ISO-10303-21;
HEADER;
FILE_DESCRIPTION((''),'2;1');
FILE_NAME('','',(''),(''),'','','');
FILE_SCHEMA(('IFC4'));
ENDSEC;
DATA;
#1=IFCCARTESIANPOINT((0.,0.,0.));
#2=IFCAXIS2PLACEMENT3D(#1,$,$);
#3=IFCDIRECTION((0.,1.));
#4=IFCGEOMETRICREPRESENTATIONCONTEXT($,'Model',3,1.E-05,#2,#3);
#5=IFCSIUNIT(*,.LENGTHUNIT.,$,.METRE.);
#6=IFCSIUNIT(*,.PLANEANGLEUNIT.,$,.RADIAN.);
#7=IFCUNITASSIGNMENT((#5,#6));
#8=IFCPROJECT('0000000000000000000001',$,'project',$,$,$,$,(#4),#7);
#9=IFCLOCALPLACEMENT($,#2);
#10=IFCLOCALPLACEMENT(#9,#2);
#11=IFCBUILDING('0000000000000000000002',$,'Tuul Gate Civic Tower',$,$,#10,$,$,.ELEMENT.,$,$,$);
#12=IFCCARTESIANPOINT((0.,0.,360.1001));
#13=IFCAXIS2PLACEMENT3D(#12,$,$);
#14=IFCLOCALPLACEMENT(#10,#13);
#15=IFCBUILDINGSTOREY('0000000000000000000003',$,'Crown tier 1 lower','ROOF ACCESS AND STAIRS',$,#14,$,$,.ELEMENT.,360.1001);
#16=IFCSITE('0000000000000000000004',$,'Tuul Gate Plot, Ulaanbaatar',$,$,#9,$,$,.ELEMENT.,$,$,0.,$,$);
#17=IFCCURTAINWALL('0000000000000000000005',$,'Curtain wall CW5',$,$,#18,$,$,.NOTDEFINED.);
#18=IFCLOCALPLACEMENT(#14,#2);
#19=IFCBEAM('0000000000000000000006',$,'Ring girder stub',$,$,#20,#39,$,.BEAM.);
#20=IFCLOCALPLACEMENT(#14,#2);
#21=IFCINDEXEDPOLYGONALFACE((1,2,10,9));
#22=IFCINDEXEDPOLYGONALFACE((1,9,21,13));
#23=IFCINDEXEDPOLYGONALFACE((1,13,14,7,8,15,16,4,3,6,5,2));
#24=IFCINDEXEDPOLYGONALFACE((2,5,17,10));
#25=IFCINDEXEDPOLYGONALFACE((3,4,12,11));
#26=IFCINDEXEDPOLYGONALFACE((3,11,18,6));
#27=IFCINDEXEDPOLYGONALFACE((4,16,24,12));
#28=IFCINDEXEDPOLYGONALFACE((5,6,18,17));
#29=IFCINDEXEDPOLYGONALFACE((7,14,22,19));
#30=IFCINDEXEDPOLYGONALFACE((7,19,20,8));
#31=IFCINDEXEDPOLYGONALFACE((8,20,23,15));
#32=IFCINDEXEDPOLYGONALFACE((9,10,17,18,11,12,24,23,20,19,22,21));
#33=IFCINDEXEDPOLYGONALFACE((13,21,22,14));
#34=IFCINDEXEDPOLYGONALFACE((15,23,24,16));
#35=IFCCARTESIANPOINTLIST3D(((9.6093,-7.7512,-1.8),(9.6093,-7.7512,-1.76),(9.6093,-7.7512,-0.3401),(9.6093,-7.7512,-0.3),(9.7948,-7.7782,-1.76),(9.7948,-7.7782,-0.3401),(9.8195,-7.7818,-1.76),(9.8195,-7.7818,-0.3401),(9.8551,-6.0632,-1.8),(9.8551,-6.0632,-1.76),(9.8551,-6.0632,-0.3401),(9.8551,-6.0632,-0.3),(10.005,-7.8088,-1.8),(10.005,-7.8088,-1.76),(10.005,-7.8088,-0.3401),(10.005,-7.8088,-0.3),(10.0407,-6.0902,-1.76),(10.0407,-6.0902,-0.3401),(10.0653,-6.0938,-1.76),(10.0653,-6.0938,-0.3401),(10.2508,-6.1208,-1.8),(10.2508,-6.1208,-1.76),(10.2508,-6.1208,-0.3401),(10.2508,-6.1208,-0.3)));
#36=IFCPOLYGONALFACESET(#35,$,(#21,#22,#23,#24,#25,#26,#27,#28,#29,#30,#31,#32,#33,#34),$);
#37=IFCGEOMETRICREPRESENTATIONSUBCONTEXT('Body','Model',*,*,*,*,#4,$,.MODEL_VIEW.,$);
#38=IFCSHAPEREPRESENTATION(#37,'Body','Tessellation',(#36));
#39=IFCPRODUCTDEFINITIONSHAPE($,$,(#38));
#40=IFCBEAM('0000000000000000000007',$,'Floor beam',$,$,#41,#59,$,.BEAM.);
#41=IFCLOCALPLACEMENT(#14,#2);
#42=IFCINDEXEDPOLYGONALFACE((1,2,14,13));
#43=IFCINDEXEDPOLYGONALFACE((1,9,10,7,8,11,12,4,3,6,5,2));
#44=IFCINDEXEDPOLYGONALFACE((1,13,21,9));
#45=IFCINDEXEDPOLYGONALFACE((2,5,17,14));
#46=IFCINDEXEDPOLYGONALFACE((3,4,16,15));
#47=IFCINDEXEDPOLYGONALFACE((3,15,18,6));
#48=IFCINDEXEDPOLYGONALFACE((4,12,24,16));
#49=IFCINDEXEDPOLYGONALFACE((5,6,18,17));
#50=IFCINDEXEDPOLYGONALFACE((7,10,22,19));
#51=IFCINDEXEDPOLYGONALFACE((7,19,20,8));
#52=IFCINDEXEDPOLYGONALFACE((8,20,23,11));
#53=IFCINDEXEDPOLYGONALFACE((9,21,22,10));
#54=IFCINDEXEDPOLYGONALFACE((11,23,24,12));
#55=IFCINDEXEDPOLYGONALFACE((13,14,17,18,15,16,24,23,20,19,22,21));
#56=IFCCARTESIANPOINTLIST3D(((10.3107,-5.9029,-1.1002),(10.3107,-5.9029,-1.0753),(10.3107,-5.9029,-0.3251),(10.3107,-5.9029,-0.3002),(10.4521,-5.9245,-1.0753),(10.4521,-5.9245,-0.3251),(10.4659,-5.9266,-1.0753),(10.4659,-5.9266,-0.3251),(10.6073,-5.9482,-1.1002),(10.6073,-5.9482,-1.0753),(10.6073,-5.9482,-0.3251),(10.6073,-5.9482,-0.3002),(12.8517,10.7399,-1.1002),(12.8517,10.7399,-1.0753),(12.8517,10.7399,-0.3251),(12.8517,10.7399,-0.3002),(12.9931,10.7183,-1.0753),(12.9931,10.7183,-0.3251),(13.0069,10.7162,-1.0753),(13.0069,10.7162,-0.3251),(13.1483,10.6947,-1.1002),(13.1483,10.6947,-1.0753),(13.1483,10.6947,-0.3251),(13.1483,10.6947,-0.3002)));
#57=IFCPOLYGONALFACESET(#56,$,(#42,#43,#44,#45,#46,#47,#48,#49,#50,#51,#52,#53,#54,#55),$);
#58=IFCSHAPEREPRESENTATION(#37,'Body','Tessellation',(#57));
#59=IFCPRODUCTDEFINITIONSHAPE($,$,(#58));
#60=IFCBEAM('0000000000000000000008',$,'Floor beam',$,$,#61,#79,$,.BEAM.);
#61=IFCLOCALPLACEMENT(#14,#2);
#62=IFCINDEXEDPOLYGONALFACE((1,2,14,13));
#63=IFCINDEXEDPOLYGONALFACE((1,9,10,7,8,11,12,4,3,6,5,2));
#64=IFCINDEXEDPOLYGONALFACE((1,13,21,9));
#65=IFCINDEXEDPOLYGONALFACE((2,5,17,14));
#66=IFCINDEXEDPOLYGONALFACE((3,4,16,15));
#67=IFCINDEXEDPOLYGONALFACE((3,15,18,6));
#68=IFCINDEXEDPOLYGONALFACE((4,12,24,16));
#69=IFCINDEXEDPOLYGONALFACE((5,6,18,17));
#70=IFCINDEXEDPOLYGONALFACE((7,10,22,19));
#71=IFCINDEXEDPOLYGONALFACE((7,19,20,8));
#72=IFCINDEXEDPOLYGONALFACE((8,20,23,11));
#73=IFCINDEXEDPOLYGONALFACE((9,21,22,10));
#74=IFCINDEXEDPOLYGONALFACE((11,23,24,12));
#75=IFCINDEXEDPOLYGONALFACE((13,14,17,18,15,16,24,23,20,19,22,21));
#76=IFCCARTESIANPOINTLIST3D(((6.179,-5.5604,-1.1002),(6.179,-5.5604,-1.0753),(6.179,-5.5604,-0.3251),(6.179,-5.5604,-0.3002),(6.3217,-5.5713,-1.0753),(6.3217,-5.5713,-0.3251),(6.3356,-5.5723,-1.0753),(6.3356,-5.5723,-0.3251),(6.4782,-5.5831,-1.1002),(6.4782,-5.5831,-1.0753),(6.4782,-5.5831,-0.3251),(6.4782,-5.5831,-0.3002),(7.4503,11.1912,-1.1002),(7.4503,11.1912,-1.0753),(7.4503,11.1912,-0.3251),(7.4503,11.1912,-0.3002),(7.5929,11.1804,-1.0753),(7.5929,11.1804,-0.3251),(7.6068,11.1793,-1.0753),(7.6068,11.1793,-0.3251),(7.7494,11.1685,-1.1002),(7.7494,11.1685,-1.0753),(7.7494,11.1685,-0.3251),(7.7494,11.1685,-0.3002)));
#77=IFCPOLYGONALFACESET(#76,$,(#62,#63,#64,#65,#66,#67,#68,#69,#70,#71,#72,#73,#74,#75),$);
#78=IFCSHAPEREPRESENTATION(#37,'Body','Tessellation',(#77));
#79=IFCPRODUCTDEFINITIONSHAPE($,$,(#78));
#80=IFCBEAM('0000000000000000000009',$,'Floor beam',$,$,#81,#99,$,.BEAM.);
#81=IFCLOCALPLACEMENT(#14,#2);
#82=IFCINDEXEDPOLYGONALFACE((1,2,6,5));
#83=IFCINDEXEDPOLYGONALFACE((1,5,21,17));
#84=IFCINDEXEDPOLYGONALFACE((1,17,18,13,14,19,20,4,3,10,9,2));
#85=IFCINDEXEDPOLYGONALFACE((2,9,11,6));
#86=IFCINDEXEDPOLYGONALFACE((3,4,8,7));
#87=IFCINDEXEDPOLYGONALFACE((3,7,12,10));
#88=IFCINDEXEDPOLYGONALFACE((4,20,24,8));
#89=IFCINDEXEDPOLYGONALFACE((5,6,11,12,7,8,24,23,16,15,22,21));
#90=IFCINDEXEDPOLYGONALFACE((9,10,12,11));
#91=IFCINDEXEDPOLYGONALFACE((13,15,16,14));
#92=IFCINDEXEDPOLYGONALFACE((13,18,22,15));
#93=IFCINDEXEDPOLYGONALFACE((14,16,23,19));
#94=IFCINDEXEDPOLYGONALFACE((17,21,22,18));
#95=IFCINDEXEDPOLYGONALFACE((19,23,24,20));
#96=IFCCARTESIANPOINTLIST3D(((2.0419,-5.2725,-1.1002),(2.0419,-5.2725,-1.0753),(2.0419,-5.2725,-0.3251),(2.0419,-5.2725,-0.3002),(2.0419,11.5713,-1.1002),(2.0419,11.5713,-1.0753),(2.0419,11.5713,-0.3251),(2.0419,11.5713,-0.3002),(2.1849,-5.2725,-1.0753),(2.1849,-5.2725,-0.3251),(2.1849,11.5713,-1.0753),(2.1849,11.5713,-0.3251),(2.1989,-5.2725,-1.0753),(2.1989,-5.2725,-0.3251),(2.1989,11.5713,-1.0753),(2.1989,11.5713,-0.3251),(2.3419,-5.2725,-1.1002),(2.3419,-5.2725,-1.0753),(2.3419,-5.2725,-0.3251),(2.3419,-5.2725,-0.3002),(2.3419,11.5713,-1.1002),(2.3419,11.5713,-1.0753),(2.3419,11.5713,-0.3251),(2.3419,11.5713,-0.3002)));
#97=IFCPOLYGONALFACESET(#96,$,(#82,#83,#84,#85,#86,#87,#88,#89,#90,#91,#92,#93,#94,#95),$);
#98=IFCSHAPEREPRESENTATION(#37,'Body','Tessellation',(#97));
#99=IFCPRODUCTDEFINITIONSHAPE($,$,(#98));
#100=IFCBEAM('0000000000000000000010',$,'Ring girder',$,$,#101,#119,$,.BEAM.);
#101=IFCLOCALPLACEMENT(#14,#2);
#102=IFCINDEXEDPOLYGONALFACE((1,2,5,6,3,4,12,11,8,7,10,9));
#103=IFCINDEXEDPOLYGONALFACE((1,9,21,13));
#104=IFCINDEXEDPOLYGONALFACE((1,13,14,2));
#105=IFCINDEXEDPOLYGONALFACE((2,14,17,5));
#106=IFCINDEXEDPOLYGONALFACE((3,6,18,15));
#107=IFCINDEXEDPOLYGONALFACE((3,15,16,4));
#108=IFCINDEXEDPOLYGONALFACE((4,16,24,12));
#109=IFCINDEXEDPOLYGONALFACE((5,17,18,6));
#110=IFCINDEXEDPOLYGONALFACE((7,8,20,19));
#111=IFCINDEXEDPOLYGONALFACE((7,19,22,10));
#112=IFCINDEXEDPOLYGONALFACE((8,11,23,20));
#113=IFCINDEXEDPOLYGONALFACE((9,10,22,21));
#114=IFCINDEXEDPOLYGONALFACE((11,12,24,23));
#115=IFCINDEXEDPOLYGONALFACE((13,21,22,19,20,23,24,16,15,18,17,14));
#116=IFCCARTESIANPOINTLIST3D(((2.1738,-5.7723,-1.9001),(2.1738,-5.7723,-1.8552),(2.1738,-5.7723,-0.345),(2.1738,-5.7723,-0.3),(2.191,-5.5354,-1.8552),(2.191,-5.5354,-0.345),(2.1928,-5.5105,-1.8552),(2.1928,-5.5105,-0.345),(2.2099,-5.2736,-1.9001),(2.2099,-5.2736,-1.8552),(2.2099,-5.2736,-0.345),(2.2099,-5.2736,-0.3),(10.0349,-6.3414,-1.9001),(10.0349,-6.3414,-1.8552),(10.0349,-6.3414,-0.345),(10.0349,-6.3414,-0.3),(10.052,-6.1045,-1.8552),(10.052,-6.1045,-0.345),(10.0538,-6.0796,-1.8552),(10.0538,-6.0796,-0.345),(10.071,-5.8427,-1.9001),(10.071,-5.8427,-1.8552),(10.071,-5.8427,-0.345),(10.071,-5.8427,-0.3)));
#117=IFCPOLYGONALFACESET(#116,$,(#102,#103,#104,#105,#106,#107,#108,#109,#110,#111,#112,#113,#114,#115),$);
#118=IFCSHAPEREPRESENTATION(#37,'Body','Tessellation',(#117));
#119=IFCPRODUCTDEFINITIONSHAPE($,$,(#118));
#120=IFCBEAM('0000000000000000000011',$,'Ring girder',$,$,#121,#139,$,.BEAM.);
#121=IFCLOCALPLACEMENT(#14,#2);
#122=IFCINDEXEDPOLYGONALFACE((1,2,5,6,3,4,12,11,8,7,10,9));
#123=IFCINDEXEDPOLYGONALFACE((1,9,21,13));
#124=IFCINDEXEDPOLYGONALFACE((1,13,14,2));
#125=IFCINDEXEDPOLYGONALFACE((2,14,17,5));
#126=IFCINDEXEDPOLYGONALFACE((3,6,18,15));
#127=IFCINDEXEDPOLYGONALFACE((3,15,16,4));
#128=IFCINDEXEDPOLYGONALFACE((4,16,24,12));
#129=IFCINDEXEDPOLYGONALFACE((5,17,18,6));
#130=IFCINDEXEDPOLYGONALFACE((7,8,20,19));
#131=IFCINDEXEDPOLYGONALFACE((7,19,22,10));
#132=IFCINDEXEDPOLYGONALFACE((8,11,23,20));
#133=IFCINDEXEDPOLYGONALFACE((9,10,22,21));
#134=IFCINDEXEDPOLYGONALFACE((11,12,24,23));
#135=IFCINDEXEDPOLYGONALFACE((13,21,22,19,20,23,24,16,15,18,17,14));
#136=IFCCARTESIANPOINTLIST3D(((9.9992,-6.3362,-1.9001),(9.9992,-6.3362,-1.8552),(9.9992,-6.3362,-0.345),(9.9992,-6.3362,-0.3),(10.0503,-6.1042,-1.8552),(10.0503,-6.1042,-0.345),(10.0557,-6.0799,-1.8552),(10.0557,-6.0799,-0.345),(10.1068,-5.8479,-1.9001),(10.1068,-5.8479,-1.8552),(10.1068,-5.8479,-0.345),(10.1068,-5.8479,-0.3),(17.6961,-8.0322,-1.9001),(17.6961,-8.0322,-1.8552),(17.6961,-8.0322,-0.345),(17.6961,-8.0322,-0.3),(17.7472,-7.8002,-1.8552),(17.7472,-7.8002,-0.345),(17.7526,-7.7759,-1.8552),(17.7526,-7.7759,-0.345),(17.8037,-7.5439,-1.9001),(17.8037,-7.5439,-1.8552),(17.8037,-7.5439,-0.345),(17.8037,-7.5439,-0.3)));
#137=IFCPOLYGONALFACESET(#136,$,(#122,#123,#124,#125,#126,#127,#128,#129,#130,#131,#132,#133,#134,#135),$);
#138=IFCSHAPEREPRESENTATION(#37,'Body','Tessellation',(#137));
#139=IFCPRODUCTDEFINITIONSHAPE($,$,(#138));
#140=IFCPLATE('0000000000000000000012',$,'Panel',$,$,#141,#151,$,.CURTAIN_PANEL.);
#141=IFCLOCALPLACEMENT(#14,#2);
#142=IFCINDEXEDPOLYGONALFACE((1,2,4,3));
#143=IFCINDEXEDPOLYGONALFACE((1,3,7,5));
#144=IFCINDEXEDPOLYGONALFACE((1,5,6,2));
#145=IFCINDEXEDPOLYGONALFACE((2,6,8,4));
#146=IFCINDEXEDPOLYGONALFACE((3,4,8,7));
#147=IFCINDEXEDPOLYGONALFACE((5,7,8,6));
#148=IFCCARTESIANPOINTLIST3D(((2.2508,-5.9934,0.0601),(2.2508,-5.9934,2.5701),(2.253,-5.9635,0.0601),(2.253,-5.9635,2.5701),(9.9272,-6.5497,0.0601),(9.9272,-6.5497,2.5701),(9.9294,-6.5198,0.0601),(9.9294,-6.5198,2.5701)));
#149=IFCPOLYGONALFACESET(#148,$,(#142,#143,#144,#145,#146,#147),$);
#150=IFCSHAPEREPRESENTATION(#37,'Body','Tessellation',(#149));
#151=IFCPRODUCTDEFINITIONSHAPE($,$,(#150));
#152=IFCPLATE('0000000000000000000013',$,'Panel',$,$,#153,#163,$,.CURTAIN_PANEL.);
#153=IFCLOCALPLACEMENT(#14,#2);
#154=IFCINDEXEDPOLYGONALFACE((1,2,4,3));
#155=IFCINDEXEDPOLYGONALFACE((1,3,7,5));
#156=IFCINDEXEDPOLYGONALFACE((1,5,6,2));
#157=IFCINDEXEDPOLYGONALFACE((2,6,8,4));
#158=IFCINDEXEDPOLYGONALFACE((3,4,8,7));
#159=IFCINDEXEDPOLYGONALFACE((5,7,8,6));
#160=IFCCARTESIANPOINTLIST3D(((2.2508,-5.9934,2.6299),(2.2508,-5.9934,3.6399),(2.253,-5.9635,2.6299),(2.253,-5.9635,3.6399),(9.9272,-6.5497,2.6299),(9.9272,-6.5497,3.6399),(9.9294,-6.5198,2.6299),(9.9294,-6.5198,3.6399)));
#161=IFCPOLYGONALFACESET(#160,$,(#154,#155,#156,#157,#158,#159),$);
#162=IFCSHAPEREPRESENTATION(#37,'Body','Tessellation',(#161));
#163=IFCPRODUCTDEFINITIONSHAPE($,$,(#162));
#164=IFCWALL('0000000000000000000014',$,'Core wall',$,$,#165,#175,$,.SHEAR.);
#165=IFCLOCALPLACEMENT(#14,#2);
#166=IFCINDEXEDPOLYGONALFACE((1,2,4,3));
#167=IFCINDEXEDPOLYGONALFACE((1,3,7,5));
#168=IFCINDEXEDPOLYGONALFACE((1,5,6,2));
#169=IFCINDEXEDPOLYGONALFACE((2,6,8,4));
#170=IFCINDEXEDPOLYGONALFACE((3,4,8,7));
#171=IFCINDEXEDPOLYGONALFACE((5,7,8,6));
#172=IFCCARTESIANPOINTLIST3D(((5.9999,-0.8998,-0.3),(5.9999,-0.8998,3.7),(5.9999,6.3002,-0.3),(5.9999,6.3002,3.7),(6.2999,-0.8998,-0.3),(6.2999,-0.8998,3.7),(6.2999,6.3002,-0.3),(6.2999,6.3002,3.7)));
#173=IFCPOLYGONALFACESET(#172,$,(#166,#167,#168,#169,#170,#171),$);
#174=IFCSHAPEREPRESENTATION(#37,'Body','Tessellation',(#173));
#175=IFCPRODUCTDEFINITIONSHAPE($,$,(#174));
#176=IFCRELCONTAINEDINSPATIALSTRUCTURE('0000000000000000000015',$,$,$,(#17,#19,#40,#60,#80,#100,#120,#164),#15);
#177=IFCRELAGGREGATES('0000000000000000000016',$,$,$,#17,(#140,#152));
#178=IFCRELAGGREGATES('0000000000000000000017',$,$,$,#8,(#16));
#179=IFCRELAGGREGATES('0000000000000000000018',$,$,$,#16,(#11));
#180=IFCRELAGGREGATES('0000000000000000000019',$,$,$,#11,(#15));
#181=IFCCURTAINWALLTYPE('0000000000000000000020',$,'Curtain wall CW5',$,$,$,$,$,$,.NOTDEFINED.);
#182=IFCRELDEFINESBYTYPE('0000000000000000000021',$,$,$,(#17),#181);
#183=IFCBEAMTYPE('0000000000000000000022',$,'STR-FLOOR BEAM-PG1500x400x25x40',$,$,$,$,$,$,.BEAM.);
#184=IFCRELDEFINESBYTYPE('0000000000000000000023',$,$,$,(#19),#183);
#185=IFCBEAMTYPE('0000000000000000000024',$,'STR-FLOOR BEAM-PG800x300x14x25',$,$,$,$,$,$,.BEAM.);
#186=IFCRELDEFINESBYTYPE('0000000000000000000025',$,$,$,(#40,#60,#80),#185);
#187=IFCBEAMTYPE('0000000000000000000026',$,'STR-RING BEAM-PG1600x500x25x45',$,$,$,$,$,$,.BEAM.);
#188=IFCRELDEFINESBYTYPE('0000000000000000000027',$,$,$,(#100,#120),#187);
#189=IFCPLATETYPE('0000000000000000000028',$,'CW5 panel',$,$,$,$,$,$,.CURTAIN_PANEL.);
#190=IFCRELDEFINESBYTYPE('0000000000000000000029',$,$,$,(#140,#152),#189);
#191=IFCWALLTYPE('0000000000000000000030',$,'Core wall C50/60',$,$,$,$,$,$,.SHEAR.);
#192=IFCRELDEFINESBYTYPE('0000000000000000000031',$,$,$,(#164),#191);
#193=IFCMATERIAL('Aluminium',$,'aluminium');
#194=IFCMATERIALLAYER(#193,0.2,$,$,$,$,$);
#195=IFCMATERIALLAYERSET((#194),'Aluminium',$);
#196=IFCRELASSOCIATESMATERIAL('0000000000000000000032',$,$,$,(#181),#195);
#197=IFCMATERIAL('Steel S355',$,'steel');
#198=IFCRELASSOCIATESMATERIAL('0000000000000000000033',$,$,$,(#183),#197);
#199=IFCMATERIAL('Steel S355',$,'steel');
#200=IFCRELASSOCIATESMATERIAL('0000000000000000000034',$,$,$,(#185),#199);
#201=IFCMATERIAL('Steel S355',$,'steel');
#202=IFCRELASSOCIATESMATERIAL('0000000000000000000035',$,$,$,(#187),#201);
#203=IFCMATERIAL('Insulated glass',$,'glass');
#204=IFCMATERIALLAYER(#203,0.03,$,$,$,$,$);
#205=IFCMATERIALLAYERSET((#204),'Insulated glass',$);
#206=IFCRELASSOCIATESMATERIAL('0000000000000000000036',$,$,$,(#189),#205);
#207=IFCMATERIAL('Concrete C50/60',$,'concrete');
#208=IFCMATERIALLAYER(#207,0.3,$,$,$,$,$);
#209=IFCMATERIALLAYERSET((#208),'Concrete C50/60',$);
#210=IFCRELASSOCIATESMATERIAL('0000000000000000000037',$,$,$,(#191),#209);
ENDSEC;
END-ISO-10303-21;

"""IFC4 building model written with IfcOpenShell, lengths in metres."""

from ifc_helpers import new_model, si_unit, direction, frame, frame_2d, origin, origin_2d, place, context, subcontext, project, spatial, rectangle, i_section, extrude, material, layer, layer_set, material_profile, profile_set, type_object, element, aggregate, save


model = new_model("IFC4")

# Units and contexts
model_context = context("Model", 3, precision=1e-05, world=origin(), true_north=direction((0.0, 1.0)))
body_context = subcontext(model_context, "Body", "Model", "MODEL_VIEW")
ifc_project = project(units=[si_unit("LENGTHUNIT", "METRE"), si_unit("PLANEANGLEUNIT", "RADIAN")], contexts=[model_context])

# Site, building, storey
site_placement = place(None, origin())
site = spatial("IfcSite", under=ifc_project, at=site_placement, Name="Tuul Gate Plot, Ulaanbaatar", CompositionType="ELEMENT", RefElevation=0.0)
building_placement = place(site_placement, origin())
building = spatial("IfcBuilding", under=site, at=building_placement, Name="Tuul Gate Civic Tower", CompositionType="ELEMENT")
storey_placement = place(building_placement, frame((0.0, 0.0, 360.1001)))
storey = spatial("IfcBuildingStorey", under=building, at=storey_placement, Name="Crown tier 1 lower", Description="ROOF ACCESS AND STAIRS", CompositionType="ELEMENT", Elevation=360.1001)

# Shared definitions
ifc_material_1 = material(Name="Aluminium", Category="aluminium")
ifc_layer_1 = layer(ifc_material_1, 0.2)
ifc_layer_set_1 = layer_set([ifc_layer_1], Name="Aluminium")
curtain_wall_type = type_object("IfcCurtainWallType", Name="Curtain wall CW5", PredefinedType="NOTDEFINED", material=ifc_layer_set_1)

# Curtain wall
curtain_wall_1_placement = place(storey_placement, origin())
curtain_wall_1 = element("IfcCurtainWall", 1, at=curtain_wall_1_placement, inside=storey, type_object=curtain_wall_type, Name="Curtain wall CW5", PredefinedType="NOTDEFINED")

# Beams
ifc_material_2 = material(Name="Steel S355", Category="steel")
ifc_material_profile_1 = material_profile(ifc_material_2, i_section(OverallWidth=0.3999, OverallDepth=1.5, WebThickness=0.0249, FlangeThickness=0.04, at=origin_2d()), Name="PG1500x400x25x40")
ifc_profile_set_1 = profile_set([ifc_material_profile_1], Name="Steel S355")
beam_type_1 = type_object("IfcBeamType", Name="STR-FLOOR BEAM-PG1500x400x25x40", PredefinedType="BEAM", material=ifc_profile_set_1)
beam_1_placement = place(storey_placement, frame((9.8071, -7.78, -1.05), z_axis=(0.144126, 0.989559, 0.0), x_axis=(-0.989559, 0.144126, 0.0)))
element("IfcBeam", 2, at=beam_1_placement, inside=storey, type_object=beam_type_1, Name="Ring girder stub", PredefinedType="BEAM", context=body_context, shape_type="SweptSolid", body=[
    extrude(i_section(OverallWidth=0.3999, OverallDepth=1.5, WebThickness=0.0249, FlangeThickness=0.04, at=origin_2d()), origin(), (0.0, 0.0, 1.0), 1.7058),
])
ifc_material_3 = material(Name="Steel S355", Category="steel")
ifc_material_profile_2 = material_profile(ifc_material_3, i_section(OverallWidth=0.3, OverallDepth=0.8, WebThickness=0.0139, FlangeThickness=0.0249, at=origin_2d()), Name="PG800x300x14x25")
ifc_profile_set_2 = profile_set([ifc_material_profile_2], Name="Steel S355")
beam_type_2 = type_object("IfcBeamType", Name="STR-FLOOR BEAM-PG800x300x14x25", PredefinedType="BEAM", material=ifc_profile_set_2)
beam_2_placement = place(storey_placement, frame((10.459, -5.9255, -0.7002), z_axis=(0.15093, 0.988544, 0.0), x_axis=(-0.988544, 0.15093, 0.0)))
element("IfcBeam", 3, at=beam_2_placement, inside=storey, type_object=beam_type_2, Name="Floor beam", PredefinedType="BEAM", context=body_context, shape_type="SweptSolid", body=[
    extrude(i_section(OverallWidth=0.3, OverallDepth=0.8, WebThickness=0.0139, FlangeThickness=0.0249, at=origin_2d()), origin(), (0.0, 0.0, 1.0), 16.8357),
])
beam_3_placement = place(storey_placement, frame((6.3286, -5.5718, -0.7002), z_axis=(0.07567, 0.997133, 0.0), x_axis=(-0.997133, 0.07567, 0.0)))
element("IfcBeam", 4, at=beam_3_placement, inside=storey, type_object=beam_type_2, Name="Floor beam", PredefinedType="BEAM", context=body_context, shape_type="SweptSolid", body=[
    extrude(i_section(OverallWidth=0.3, OverallDepth=0.8, WebThickness=0.0139, FlangeThickness=0.0249, at=origin_2d()), origin(), (0.0, 0.0, 1.0), 16.7998),
])
beam_4_placement = place(storey_placement, frame((2.1919, -5.2725, -0.7002), z_axis=(0.0, 1.0, 0.0), x_axis=(-1.0, 0.0, 0.0)))
element("IfcBeam", 5, at=beam_4_placement, inside=storey, type_object=beam_type_2, Name="Floor beam", PredefinedType="BEAM", context=body_context, shape_type="SweptSolid", body=[
    extrude(i_section(OverallWidth=0.3, OverallDepth=0.8, WebThickness=0.0139, FlangeThickness=0.0249, at=origin_2d()), origin(), (0.0, 0.0, 1.0), 16.8438),
])
ifc_material_4 = material(Name="Steel S355", Category="steel")
ifc_material_profile_3 = material_profile(ifc_material_4, i_section(OverallWidth=0.5, OverallDepth=1.6001, WebThickness=0.0249, FlangeThickness=0.0449, at=origin_2d()), Name="PG1600x500x25x45")
ifc_profile_set_3 = profile_set([ifc_material_profile_3], Name="Steel S355")
beam_type_3 = type_object("IfcBeamType", Name="STR-RING BEAM-PG1600x500x25x45", PredefinedType="BEAM", material=ifc_profile_set_3)
for number, where, z_axis, x_axis, name in (
    (6, (2.1919, -5.5229, -1.1001), (0.99739, -0.072205, 0.0), (0.072205, 0.99739, 0.0), "Ring girder"),
    (7, (10.053, -6.092, -1.1001), (0.976573, -0.215189, 0.0), (0.215189, 0.976573, 0.0), "Ring girder"),
):
    element("IfcBeam", number, at=place(storey_placement, frame(where, z_axis=z_axis, x_axis=x_axis)), inside=storey, type_object=beam_type_3, Name=name, PredefinedType="BEAM", context=body_context, shape_type="SweptSolid", body=[
        extrude(i_section(OverallWidth=0.5, OverallDepth=1.6001, WebThickness=0.0249, FlangeThickness=0.0449, at=origin_2d()), origin(), (0.0, 0.0, 1.0), 7.8816),
    ])

# Plates
ifc_material_5 = material(Name="Insulated glass", Category="glass")
ifc_layer_2 = layer(ifc_material_5, 0.03)
ifc_layer_set_2 = layer_set([ifc_layer_2], Name="Insulated glass")
plate_type = type_object("IfcPlateType", Name="CW5 panel", PredefinedType="CURTAIN_PANEL", material=ifc_layer_set_2)
plate_1_placement = place(storey_placement, frame((6.0901, -6.2566, 0.0601), z_axis=(0.0, 0.0, 1.0), x_axis=(0.997384, -0.072283, 0.0)))
plate_1 = element("IfcPlate", 8, at=plate_1_placement, type_object=plate_type, Name="Panel", PredefinedType="CURTAIN_PANEL", context=body_context, shape_type="SweptSolid", body=[
    extrude(rectangle(XDim=7.6965, YDim=0.03, at=origin_2d()), origin(), (0.0, 0.0, 1.0), 2.51),
])
plate_2_placement = place(storey_placement, frame((6.0901, -6.2566, 2.6299), z_axis=(0.0, 0.0, 1.0), x_axis=(0.997384, -0.072283, 0.0)))
plate_2 = element("IfcPlate", 9, at=plate_2_placement, type_object=plate_type, Name="Panel", PredefinedType="CURTAIN_PANEL", context=body_context, shape_type="SweptSolid", body=[
    extrude(rectangle(XDim=7.6965, YDim=0.03, at=origin_2d()), origin(), (0.0, 0.0, 1.0), 1.01),
])
aggregate(curtain_wall_1, [plate_1, plate_2])

# Wall
ifc_material_6 = material(Name="Concrete C50/60", Category="concrete")
ifc_layer_3 = layer(ifc_material_6, 0.3)
ifc_layer_set_3 = layer_set([ifc_layer_3], Name="Concrete C50/60")
wall_type_1 = type_object("IfcWallType", Name="Core wall C50/60", PredefinedType="SHEAR", material=ifc_layer_set_3)
wall_1_placement = place(storey_placement, frame((6.1499, -0.8999, -0.3), z_axis=(0.0, 0.0, 1.0), x_axis=(0.0, 1.0, 0.0)))
element("IfcWall", 10, at=wall_1_placement, inside=storey, type_object=wall_type_1, Name="Core wall", PredefinedType="SHEAR", context=body_context, shape_type="SweptSolid", body=[
    extrude(rectangle(XDim=7.2, YDim=0.3, at=frame_2d((3.6001, 0.0))), origin(), (0.0, 0.0, 1.0), 4.0),
])

save(model, "model.ifc")
